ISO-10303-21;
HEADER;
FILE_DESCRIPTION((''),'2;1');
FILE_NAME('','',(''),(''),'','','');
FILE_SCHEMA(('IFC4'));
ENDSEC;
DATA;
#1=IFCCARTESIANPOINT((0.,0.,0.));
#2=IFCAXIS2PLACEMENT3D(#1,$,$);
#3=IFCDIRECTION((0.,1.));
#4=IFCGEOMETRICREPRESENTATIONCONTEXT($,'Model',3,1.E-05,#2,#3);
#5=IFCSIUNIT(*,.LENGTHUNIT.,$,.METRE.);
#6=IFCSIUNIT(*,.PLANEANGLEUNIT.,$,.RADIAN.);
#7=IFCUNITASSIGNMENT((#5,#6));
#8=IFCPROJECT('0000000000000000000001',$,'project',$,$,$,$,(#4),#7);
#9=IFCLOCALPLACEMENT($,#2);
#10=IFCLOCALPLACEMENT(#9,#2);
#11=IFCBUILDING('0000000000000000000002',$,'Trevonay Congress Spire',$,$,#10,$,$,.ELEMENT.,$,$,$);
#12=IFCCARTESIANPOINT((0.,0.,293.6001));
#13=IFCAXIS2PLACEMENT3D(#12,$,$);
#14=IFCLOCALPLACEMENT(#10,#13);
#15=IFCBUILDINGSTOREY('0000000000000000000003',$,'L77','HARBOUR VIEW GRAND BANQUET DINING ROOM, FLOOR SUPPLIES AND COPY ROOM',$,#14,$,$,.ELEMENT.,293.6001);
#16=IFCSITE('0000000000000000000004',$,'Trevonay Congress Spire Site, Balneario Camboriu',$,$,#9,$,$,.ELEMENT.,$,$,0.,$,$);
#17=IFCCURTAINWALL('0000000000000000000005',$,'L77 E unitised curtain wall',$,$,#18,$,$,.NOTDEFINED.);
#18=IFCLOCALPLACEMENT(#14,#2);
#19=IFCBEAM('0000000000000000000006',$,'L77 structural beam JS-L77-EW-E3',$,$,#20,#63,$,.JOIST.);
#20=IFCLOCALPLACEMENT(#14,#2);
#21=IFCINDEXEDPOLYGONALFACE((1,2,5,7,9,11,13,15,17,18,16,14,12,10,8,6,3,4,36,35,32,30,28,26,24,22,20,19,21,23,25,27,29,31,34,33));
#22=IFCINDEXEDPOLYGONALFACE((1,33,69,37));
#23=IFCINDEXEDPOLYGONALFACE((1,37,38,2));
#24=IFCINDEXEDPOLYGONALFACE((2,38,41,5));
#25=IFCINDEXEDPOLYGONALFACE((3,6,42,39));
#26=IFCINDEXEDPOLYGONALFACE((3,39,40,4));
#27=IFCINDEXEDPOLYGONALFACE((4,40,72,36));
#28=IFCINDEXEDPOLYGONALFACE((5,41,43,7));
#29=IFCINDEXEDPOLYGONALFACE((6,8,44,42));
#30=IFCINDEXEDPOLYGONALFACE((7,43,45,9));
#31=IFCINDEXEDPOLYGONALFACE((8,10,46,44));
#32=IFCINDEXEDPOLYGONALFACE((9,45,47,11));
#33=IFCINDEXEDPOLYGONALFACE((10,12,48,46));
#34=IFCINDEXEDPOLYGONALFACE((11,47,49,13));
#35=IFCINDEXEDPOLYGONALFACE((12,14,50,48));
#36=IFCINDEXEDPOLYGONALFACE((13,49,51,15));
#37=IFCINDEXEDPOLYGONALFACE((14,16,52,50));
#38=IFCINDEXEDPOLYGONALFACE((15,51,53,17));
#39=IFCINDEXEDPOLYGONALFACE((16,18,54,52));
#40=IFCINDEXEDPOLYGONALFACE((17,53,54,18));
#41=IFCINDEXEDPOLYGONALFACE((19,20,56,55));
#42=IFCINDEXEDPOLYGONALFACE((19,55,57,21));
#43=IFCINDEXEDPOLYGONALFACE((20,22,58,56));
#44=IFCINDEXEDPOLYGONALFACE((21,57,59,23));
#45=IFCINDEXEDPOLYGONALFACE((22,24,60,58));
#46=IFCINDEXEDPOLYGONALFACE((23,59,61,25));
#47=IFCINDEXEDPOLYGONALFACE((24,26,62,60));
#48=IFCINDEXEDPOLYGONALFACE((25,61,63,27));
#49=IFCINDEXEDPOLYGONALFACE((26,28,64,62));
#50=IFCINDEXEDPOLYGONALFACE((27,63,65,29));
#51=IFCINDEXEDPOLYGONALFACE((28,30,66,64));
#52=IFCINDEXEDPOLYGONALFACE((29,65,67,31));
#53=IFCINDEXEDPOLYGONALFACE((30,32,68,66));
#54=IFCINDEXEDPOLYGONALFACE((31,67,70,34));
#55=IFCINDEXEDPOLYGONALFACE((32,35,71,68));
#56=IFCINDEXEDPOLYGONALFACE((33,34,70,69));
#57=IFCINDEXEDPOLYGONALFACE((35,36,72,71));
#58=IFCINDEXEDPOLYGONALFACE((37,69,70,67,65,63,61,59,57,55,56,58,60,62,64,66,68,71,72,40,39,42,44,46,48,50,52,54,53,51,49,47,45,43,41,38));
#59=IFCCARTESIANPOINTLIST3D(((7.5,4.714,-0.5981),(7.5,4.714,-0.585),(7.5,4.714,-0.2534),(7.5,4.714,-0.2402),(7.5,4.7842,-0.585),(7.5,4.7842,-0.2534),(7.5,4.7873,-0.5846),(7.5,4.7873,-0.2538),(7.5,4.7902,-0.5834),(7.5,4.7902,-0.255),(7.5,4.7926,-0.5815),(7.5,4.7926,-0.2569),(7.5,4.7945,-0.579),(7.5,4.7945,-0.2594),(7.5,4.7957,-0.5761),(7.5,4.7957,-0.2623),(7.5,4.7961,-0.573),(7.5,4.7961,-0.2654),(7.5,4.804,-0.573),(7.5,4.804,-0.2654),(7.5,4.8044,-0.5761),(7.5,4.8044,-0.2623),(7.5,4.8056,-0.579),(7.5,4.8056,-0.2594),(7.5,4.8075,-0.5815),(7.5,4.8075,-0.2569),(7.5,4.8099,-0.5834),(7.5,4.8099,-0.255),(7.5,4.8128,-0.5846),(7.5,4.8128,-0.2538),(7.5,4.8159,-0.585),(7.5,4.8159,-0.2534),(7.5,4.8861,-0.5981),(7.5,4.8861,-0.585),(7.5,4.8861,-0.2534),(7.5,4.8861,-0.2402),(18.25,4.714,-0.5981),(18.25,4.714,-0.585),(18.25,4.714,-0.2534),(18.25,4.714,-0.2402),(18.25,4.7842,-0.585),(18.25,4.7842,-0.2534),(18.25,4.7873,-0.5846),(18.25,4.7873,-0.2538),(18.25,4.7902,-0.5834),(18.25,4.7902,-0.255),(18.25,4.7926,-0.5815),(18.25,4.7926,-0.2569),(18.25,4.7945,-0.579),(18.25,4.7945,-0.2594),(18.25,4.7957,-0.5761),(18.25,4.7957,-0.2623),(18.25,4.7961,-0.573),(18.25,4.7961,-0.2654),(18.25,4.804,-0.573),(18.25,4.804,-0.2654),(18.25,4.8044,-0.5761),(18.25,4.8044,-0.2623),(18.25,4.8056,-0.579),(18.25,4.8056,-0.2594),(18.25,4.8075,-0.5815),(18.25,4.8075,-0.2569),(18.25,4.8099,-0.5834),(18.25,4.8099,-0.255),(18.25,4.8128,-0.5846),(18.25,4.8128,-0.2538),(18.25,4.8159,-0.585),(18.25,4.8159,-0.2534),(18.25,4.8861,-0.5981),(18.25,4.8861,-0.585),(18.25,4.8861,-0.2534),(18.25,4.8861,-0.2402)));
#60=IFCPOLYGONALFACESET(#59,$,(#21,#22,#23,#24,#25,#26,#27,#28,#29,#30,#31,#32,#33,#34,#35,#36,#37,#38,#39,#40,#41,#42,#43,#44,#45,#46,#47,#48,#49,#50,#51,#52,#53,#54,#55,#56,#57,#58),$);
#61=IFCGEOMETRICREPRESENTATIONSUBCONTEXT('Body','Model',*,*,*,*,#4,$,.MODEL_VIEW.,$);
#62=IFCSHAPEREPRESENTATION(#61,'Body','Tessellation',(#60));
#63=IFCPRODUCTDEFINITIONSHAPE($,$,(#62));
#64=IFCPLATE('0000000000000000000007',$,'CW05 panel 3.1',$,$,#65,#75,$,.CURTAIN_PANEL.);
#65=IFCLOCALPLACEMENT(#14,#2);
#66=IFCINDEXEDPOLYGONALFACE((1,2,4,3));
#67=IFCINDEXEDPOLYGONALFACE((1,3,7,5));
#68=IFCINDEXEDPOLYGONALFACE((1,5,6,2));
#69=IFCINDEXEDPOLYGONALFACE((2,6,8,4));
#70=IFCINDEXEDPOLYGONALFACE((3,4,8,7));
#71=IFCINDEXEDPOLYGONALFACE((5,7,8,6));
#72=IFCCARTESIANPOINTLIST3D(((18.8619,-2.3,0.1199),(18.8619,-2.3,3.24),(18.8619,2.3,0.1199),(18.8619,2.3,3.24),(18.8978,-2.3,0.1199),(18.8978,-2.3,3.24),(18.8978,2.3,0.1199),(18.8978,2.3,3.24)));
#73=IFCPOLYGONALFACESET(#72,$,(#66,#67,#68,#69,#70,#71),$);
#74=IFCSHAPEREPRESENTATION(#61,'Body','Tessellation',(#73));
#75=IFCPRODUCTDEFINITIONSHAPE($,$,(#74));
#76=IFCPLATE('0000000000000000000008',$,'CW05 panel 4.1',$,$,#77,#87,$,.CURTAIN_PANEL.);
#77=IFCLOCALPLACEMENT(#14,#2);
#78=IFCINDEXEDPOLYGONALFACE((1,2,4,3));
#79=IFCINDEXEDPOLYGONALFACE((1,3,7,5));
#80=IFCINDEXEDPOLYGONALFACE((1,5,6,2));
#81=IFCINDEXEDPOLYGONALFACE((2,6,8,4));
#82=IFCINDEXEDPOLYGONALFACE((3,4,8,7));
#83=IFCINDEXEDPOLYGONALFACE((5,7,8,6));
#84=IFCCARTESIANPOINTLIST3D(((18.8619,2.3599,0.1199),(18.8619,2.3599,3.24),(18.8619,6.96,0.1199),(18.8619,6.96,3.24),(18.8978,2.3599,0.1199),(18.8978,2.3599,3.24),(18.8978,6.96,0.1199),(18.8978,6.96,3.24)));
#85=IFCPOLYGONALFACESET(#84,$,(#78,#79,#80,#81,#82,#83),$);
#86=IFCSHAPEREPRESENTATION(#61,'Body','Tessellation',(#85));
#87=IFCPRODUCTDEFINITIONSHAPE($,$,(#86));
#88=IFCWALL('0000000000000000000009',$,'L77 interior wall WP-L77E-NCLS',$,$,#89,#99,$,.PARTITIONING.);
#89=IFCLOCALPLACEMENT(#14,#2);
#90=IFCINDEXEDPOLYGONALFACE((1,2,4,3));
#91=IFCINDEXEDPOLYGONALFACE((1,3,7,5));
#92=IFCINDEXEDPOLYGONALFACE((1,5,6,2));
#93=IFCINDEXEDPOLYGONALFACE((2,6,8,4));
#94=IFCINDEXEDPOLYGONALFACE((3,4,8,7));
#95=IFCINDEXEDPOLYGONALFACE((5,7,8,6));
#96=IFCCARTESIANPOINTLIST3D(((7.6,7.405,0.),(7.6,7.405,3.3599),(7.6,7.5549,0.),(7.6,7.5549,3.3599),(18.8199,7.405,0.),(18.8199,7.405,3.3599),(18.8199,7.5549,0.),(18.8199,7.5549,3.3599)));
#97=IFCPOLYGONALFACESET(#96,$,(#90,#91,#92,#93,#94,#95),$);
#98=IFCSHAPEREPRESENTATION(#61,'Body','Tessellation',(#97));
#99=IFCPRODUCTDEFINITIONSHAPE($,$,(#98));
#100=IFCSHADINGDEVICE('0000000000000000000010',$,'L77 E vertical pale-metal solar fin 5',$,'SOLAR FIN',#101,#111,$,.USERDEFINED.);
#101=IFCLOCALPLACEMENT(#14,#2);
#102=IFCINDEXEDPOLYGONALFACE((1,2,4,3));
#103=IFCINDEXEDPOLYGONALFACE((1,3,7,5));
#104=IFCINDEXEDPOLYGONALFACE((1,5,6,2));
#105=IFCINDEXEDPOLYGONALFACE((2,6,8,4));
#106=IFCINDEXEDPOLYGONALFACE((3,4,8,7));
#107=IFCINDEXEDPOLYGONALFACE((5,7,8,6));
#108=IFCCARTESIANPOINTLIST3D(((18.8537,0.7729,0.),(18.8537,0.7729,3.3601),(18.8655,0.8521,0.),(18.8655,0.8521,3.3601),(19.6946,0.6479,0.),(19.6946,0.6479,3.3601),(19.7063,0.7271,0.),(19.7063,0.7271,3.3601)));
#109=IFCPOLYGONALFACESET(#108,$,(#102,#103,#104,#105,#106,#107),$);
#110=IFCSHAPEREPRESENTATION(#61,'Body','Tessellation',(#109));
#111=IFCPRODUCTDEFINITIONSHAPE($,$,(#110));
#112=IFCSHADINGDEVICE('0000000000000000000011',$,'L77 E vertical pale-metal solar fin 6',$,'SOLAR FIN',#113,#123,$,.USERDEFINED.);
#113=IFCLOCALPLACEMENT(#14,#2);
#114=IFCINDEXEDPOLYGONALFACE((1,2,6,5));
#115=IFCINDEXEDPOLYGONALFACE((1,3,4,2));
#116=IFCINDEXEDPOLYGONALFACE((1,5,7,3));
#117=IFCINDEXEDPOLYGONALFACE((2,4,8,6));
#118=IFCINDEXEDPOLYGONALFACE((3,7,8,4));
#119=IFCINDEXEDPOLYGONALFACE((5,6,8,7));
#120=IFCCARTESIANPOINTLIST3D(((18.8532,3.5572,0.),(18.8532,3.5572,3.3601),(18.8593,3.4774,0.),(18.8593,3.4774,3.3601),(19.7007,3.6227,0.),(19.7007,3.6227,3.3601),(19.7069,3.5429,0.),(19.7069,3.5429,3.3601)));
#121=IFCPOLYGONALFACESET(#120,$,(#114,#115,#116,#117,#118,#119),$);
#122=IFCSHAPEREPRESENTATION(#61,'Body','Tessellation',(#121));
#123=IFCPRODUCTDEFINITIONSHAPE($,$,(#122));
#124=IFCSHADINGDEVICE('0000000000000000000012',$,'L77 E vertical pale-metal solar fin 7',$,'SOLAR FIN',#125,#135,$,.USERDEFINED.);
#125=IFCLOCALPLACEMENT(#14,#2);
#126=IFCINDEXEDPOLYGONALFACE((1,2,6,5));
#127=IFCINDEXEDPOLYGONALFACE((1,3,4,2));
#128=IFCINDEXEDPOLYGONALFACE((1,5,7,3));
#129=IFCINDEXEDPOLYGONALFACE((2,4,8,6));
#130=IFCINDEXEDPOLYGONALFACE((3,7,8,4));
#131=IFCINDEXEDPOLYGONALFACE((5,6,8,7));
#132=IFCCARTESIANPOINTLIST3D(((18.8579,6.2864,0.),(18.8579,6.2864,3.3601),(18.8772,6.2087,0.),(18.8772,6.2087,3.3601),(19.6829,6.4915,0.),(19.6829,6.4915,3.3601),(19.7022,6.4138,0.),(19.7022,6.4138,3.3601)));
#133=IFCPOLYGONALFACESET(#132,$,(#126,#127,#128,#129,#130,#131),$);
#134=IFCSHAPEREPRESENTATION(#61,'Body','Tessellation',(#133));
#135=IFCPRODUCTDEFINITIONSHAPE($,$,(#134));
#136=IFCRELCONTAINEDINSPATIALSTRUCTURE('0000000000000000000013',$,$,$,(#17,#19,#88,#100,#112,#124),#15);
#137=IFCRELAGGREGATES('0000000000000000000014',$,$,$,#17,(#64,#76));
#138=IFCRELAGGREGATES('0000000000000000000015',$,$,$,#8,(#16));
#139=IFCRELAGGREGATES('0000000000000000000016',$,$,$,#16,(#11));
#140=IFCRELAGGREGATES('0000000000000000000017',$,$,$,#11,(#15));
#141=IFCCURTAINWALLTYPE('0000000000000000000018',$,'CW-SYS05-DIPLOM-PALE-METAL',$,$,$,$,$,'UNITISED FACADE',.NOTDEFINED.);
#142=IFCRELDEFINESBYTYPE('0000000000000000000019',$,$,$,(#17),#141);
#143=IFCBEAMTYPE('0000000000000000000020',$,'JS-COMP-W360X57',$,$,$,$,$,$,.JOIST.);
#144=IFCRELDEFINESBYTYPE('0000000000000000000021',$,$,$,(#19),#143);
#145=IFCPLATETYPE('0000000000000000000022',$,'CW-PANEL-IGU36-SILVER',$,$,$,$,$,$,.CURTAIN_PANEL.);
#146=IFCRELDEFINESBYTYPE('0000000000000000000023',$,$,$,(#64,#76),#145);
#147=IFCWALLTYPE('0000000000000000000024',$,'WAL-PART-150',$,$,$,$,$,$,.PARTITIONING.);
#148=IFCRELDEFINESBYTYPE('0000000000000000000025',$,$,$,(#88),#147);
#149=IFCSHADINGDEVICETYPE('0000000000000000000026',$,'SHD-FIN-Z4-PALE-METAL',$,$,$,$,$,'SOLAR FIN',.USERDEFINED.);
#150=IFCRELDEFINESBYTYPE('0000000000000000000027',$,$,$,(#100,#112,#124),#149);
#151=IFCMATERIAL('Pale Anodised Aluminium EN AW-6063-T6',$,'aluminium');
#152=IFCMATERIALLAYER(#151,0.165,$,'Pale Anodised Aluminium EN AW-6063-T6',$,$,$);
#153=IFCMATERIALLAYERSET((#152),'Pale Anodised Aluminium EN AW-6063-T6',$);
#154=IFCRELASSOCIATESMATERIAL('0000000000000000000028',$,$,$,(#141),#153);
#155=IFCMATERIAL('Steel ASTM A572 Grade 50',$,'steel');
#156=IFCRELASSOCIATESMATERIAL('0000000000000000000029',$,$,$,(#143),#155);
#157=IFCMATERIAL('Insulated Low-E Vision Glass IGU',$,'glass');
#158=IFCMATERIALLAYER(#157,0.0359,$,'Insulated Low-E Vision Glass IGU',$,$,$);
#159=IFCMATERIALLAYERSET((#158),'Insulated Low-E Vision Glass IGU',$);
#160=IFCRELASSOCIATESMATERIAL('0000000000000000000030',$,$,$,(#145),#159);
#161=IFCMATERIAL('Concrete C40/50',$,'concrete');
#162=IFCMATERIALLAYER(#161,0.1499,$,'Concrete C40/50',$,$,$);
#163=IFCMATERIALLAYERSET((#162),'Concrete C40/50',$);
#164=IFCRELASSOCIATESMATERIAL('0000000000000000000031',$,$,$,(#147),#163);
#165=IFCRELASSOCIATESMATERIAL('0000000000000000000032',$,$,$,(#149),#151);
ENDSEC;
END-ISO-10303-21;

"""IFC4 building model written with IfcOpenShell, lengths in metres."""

from ifc_helpers import new_model, si_unit, direction, frame, frame_2d, origin, origin_2d, place, context, subcontext, project, spatial, rectangle, i_section, extrude, material, layer, layer_set, material_profile, profile_set, type_object, element, aggregate, save


model = new_model("IFC4")

# Units and contexts
model_context = context("Model", 3, precision=1e-05, world=origin(), true_north=direction((0.0, 1.0)))
body_context = subcontext(model_context, "Body", "Model", "MODEL_VIEW")
ifc_project = project(units=[si_unit("LENGTHUNIT", "METRE"), si_unit("PLANEANGLEUNIT", "RADIAN")], contexts=[model_context])

# Site, building, storey
site_placement = place(None, origin())
site = spatial("IfcSite", under=ifc_project, at=site_placement, Name="Trevonay Congress Spire Site, Balneario Camboriu", CompositionType="ELEMENT", RefElevation=0.0)
building_placement = place(site_placement, origin())
building = spatial("IfcBuilding", under=site, at=building_placement, Name="Trevonay Congress Spire", CompositionType="ELEMENT")
storey_placement = place(building_placement, frame((0.0, 0.0, 293.6001)))
storey = spatial("IfcBuildingStorey", under=building, at=storey_placement, Name="L77", Description="HARBOUR VIEW GRAND BANQUET DINING ROOM, FLOOR SUPPLIES AND COPY ROOM", CompositionType="ELEMENT", Elevation=293.6001)

# Shared definitions
ifc_material_1 = material(Name="Steel ASTM A572 Grade 50", Category="steel")

# Curtain wall
ifc_material_2 = material(Name="Pale Anodised Aluminium EN AW-6063-T6", Category="aluminium")
ifc_layer_1 = layer(ifc_material_2, 0.165, Name="Pale Anodised Aluminium EN AW-6063-T6")
ifc_layer_set_1 = layer_set([ifc_layer_1], Name="Pale Anodised Aluminium EN AW-6063-T6")
curtain_wall_type = type_object("IfcCurtainWallType", Name="CW-SYS05-DIPLOM-PALE-METAL", ElementType="UNITISED FACADE", PredefinedType="NOTDEFINED", material=ifc_layer_set_1)
curtain_wall_placement = place(storey_placement, origin())
curtain_wall = element("IfcCurtainWall", 1, at=curtain_wall_placement, inside=storey, type_object=curtain_wall_type, Name="L77 E unitised curtain wall", PredefinedType="NOTDEFINED")

# Beam
ifc_material_profile_1 = material_profile(ifc_material_1, i_section(OverallWidth=0.1721, OverallDepth=0.3579, WebThickness=0.0078, FlangeThickness=0.0132, FilletRadius=0.012, at=origin_2d()), Name="W360x57.8")
ifc_profile_set_1 = profile_set([ifc_material_profile_1], Name="Steel ASTM A572 Grade 50")
beam_type_1 = type_object("IfcBeamType", Name="JS-COMP-W360X57", PredefinedType="JOIST", material=ifc_profile_set_1)
beam_1_placement = place(storey_placement, frame((7.5, 4.8, -0.4192), z_axis=(1.0, 0.0, 0.0), x_axis=(0.0, 1.0, 0.0)))
element("IfcBeam", 2, at=beam_1_placement, inside=storey, type_object=beam_type_1, Name="L77 structural beam JS-L77-EW-E3", PredefinedType="JOIST", context=body_context, shape_type="SweptSolid", body=[
    extrude(i_section(OverallWidth=0.1721, OverallDepth=0.3579, WebThickness=0.0078, FlangeThickness=0.0132, FilletRadius=0.012, at=origin_2d()), origin(), (0.0, 0.0, 1.0), 10.75),
])

# Plates
ifc_material_3 = material(Name="Insulated Low-E Vision Glass IGU", Category="glass")
ifc_layer_2 = layer(ifc_material_3, 0.0359, Name="Insulated Low-E Vision Glass IGU")
ifc_layer_set_2 = layer_set([ifc_layer_2], Name="Insulated Low-E Vision Glass IGU")
plate_type = type_object("IfcPlateType", Name="CW-PANEL-IGU36-SILVER", PredefinedType="CURTAIN_PANEL", material=ifc_layer_set_2)
plate_1_placement = place(storey_placement, frame((18.8799, 0.0, 0.1199), z_axis=(0.0, 0.0, 1.0), x_axis=(0.0, 1.0, 0.0)))
plate_1 = element("IfcPlate", 3, at=plate_1_placement, type_object=plate_type, Name="CW05 panel 3.1", PredefinedType="CURTAIN_PANEL", context=body_context, shape_type="SweptSolid", body=[
    extrude(rectangle(XDim=4.6001, YDim=0.0359, at=origin_2d()), origin(), (0.0, 0.0, 1.0), 3.1201),
])
plate_2_placement = place(storey_placement, frame((18.8799, 4.6599, 0.1199), z_axis=(0.0, 0.0, 1.0), x_axis=(0.0, 1.0, 0.0)))
plate_2 = element("IfcPlate", 4, at=plate_2_placement, type_object=plate_type, Name="CW05 panel 4.1", PredefinedType="CURTAIN_PANEL", context=body_context, shape_type="SweptSolid", body=[
    extrude(rectangle(XDim=4.6001, YDim=0.0359, at=origin_2d()), origin(), (0.0, 0.0, 1.0), 3.1201),
])
aggregate(curtain_wall, [plate_1, plate_2])

# Wall
ifc_material_4 = material(Name="Concrete C40/50", Category="concrete")
ifc_layer_3 = layer(ifc_material_4, 0.1499, Name="Concrete C40/50")
ifc_layer_set_3 = layer_set([ifc_layer_3], Name="Concrete C40/50")
wall_type = type_object("IfcWallType", Name="WAL-PART-150", PredefinedType="PARTITIONING", material=ifc_layer_set_3)
wall_placement = place(storey_placement, frame((7.6001, 7.48, 0.0), z_axis=(0.0, 0.0, 1.0), x_axis=(1.0, 0.0, 0.0)))
element("IfcWall", 5, at=wall_placement, inside=storey, type_object=wall_type, Name="L77 interior wall WP-L77E-NCLS", PredefinedType="PARTITIONING", context=body_context, shape_type="SweptSolid", body=[
    extrude(rectangle(XDim=11.22, YDim=0.1499, at=frame_2d((5.6099, 0.0))), origin(), (0.0, 0.0, 1.0), 3.3599),
])

# Shading devices
shading_device_type = type_object("IfcShadingDeviceType", Name="SHD-FIN-Z4-PALE-METAL", ElementType="SOLAR FIN", PredefinedType="USERDEFINED", material=ifc_material_2)
for number, where, z_axis, x_axis, name in (
    (6, (19.28, 0.75, 0.0), (0.0, 0.0, 1.0), (0.146946, 0.989144, 0.0), "L77 E vertical pale-metal solar fin 5"),
    (7, (19.28, 3.55, 0.0), (0.0, 0.0, 1.0), (-0.077067, 0.997026, 0.0), "L77 E vertical pale-metal solar fin 6"),
    (8, (19.28, 6.3501, 0.0), (0.0, 0.0, 1.0), (-0.241244, 0.970464, 0.0), "L77 E vertical pale-metal solar fin 7"),
):
    element("IfcShadingDevice", number, at=place(storey_placement, frame(where, z_axis=z_axis, x_axis=x_axis)), inside=storey, type_object=shading_device_type, Name=name, ObjectType="SOLAR FIN", PredefinedType="USERDEFINED", context=body_context, shape_type="SweptSolid", body=[
        extrude(rectangle(XDim=0.0801, YDim=0.8501, at=origin_2d()), origin(), (0.0, 0.0, 1.0), 3.3601),
    ])

save(model, "model.ifc")
